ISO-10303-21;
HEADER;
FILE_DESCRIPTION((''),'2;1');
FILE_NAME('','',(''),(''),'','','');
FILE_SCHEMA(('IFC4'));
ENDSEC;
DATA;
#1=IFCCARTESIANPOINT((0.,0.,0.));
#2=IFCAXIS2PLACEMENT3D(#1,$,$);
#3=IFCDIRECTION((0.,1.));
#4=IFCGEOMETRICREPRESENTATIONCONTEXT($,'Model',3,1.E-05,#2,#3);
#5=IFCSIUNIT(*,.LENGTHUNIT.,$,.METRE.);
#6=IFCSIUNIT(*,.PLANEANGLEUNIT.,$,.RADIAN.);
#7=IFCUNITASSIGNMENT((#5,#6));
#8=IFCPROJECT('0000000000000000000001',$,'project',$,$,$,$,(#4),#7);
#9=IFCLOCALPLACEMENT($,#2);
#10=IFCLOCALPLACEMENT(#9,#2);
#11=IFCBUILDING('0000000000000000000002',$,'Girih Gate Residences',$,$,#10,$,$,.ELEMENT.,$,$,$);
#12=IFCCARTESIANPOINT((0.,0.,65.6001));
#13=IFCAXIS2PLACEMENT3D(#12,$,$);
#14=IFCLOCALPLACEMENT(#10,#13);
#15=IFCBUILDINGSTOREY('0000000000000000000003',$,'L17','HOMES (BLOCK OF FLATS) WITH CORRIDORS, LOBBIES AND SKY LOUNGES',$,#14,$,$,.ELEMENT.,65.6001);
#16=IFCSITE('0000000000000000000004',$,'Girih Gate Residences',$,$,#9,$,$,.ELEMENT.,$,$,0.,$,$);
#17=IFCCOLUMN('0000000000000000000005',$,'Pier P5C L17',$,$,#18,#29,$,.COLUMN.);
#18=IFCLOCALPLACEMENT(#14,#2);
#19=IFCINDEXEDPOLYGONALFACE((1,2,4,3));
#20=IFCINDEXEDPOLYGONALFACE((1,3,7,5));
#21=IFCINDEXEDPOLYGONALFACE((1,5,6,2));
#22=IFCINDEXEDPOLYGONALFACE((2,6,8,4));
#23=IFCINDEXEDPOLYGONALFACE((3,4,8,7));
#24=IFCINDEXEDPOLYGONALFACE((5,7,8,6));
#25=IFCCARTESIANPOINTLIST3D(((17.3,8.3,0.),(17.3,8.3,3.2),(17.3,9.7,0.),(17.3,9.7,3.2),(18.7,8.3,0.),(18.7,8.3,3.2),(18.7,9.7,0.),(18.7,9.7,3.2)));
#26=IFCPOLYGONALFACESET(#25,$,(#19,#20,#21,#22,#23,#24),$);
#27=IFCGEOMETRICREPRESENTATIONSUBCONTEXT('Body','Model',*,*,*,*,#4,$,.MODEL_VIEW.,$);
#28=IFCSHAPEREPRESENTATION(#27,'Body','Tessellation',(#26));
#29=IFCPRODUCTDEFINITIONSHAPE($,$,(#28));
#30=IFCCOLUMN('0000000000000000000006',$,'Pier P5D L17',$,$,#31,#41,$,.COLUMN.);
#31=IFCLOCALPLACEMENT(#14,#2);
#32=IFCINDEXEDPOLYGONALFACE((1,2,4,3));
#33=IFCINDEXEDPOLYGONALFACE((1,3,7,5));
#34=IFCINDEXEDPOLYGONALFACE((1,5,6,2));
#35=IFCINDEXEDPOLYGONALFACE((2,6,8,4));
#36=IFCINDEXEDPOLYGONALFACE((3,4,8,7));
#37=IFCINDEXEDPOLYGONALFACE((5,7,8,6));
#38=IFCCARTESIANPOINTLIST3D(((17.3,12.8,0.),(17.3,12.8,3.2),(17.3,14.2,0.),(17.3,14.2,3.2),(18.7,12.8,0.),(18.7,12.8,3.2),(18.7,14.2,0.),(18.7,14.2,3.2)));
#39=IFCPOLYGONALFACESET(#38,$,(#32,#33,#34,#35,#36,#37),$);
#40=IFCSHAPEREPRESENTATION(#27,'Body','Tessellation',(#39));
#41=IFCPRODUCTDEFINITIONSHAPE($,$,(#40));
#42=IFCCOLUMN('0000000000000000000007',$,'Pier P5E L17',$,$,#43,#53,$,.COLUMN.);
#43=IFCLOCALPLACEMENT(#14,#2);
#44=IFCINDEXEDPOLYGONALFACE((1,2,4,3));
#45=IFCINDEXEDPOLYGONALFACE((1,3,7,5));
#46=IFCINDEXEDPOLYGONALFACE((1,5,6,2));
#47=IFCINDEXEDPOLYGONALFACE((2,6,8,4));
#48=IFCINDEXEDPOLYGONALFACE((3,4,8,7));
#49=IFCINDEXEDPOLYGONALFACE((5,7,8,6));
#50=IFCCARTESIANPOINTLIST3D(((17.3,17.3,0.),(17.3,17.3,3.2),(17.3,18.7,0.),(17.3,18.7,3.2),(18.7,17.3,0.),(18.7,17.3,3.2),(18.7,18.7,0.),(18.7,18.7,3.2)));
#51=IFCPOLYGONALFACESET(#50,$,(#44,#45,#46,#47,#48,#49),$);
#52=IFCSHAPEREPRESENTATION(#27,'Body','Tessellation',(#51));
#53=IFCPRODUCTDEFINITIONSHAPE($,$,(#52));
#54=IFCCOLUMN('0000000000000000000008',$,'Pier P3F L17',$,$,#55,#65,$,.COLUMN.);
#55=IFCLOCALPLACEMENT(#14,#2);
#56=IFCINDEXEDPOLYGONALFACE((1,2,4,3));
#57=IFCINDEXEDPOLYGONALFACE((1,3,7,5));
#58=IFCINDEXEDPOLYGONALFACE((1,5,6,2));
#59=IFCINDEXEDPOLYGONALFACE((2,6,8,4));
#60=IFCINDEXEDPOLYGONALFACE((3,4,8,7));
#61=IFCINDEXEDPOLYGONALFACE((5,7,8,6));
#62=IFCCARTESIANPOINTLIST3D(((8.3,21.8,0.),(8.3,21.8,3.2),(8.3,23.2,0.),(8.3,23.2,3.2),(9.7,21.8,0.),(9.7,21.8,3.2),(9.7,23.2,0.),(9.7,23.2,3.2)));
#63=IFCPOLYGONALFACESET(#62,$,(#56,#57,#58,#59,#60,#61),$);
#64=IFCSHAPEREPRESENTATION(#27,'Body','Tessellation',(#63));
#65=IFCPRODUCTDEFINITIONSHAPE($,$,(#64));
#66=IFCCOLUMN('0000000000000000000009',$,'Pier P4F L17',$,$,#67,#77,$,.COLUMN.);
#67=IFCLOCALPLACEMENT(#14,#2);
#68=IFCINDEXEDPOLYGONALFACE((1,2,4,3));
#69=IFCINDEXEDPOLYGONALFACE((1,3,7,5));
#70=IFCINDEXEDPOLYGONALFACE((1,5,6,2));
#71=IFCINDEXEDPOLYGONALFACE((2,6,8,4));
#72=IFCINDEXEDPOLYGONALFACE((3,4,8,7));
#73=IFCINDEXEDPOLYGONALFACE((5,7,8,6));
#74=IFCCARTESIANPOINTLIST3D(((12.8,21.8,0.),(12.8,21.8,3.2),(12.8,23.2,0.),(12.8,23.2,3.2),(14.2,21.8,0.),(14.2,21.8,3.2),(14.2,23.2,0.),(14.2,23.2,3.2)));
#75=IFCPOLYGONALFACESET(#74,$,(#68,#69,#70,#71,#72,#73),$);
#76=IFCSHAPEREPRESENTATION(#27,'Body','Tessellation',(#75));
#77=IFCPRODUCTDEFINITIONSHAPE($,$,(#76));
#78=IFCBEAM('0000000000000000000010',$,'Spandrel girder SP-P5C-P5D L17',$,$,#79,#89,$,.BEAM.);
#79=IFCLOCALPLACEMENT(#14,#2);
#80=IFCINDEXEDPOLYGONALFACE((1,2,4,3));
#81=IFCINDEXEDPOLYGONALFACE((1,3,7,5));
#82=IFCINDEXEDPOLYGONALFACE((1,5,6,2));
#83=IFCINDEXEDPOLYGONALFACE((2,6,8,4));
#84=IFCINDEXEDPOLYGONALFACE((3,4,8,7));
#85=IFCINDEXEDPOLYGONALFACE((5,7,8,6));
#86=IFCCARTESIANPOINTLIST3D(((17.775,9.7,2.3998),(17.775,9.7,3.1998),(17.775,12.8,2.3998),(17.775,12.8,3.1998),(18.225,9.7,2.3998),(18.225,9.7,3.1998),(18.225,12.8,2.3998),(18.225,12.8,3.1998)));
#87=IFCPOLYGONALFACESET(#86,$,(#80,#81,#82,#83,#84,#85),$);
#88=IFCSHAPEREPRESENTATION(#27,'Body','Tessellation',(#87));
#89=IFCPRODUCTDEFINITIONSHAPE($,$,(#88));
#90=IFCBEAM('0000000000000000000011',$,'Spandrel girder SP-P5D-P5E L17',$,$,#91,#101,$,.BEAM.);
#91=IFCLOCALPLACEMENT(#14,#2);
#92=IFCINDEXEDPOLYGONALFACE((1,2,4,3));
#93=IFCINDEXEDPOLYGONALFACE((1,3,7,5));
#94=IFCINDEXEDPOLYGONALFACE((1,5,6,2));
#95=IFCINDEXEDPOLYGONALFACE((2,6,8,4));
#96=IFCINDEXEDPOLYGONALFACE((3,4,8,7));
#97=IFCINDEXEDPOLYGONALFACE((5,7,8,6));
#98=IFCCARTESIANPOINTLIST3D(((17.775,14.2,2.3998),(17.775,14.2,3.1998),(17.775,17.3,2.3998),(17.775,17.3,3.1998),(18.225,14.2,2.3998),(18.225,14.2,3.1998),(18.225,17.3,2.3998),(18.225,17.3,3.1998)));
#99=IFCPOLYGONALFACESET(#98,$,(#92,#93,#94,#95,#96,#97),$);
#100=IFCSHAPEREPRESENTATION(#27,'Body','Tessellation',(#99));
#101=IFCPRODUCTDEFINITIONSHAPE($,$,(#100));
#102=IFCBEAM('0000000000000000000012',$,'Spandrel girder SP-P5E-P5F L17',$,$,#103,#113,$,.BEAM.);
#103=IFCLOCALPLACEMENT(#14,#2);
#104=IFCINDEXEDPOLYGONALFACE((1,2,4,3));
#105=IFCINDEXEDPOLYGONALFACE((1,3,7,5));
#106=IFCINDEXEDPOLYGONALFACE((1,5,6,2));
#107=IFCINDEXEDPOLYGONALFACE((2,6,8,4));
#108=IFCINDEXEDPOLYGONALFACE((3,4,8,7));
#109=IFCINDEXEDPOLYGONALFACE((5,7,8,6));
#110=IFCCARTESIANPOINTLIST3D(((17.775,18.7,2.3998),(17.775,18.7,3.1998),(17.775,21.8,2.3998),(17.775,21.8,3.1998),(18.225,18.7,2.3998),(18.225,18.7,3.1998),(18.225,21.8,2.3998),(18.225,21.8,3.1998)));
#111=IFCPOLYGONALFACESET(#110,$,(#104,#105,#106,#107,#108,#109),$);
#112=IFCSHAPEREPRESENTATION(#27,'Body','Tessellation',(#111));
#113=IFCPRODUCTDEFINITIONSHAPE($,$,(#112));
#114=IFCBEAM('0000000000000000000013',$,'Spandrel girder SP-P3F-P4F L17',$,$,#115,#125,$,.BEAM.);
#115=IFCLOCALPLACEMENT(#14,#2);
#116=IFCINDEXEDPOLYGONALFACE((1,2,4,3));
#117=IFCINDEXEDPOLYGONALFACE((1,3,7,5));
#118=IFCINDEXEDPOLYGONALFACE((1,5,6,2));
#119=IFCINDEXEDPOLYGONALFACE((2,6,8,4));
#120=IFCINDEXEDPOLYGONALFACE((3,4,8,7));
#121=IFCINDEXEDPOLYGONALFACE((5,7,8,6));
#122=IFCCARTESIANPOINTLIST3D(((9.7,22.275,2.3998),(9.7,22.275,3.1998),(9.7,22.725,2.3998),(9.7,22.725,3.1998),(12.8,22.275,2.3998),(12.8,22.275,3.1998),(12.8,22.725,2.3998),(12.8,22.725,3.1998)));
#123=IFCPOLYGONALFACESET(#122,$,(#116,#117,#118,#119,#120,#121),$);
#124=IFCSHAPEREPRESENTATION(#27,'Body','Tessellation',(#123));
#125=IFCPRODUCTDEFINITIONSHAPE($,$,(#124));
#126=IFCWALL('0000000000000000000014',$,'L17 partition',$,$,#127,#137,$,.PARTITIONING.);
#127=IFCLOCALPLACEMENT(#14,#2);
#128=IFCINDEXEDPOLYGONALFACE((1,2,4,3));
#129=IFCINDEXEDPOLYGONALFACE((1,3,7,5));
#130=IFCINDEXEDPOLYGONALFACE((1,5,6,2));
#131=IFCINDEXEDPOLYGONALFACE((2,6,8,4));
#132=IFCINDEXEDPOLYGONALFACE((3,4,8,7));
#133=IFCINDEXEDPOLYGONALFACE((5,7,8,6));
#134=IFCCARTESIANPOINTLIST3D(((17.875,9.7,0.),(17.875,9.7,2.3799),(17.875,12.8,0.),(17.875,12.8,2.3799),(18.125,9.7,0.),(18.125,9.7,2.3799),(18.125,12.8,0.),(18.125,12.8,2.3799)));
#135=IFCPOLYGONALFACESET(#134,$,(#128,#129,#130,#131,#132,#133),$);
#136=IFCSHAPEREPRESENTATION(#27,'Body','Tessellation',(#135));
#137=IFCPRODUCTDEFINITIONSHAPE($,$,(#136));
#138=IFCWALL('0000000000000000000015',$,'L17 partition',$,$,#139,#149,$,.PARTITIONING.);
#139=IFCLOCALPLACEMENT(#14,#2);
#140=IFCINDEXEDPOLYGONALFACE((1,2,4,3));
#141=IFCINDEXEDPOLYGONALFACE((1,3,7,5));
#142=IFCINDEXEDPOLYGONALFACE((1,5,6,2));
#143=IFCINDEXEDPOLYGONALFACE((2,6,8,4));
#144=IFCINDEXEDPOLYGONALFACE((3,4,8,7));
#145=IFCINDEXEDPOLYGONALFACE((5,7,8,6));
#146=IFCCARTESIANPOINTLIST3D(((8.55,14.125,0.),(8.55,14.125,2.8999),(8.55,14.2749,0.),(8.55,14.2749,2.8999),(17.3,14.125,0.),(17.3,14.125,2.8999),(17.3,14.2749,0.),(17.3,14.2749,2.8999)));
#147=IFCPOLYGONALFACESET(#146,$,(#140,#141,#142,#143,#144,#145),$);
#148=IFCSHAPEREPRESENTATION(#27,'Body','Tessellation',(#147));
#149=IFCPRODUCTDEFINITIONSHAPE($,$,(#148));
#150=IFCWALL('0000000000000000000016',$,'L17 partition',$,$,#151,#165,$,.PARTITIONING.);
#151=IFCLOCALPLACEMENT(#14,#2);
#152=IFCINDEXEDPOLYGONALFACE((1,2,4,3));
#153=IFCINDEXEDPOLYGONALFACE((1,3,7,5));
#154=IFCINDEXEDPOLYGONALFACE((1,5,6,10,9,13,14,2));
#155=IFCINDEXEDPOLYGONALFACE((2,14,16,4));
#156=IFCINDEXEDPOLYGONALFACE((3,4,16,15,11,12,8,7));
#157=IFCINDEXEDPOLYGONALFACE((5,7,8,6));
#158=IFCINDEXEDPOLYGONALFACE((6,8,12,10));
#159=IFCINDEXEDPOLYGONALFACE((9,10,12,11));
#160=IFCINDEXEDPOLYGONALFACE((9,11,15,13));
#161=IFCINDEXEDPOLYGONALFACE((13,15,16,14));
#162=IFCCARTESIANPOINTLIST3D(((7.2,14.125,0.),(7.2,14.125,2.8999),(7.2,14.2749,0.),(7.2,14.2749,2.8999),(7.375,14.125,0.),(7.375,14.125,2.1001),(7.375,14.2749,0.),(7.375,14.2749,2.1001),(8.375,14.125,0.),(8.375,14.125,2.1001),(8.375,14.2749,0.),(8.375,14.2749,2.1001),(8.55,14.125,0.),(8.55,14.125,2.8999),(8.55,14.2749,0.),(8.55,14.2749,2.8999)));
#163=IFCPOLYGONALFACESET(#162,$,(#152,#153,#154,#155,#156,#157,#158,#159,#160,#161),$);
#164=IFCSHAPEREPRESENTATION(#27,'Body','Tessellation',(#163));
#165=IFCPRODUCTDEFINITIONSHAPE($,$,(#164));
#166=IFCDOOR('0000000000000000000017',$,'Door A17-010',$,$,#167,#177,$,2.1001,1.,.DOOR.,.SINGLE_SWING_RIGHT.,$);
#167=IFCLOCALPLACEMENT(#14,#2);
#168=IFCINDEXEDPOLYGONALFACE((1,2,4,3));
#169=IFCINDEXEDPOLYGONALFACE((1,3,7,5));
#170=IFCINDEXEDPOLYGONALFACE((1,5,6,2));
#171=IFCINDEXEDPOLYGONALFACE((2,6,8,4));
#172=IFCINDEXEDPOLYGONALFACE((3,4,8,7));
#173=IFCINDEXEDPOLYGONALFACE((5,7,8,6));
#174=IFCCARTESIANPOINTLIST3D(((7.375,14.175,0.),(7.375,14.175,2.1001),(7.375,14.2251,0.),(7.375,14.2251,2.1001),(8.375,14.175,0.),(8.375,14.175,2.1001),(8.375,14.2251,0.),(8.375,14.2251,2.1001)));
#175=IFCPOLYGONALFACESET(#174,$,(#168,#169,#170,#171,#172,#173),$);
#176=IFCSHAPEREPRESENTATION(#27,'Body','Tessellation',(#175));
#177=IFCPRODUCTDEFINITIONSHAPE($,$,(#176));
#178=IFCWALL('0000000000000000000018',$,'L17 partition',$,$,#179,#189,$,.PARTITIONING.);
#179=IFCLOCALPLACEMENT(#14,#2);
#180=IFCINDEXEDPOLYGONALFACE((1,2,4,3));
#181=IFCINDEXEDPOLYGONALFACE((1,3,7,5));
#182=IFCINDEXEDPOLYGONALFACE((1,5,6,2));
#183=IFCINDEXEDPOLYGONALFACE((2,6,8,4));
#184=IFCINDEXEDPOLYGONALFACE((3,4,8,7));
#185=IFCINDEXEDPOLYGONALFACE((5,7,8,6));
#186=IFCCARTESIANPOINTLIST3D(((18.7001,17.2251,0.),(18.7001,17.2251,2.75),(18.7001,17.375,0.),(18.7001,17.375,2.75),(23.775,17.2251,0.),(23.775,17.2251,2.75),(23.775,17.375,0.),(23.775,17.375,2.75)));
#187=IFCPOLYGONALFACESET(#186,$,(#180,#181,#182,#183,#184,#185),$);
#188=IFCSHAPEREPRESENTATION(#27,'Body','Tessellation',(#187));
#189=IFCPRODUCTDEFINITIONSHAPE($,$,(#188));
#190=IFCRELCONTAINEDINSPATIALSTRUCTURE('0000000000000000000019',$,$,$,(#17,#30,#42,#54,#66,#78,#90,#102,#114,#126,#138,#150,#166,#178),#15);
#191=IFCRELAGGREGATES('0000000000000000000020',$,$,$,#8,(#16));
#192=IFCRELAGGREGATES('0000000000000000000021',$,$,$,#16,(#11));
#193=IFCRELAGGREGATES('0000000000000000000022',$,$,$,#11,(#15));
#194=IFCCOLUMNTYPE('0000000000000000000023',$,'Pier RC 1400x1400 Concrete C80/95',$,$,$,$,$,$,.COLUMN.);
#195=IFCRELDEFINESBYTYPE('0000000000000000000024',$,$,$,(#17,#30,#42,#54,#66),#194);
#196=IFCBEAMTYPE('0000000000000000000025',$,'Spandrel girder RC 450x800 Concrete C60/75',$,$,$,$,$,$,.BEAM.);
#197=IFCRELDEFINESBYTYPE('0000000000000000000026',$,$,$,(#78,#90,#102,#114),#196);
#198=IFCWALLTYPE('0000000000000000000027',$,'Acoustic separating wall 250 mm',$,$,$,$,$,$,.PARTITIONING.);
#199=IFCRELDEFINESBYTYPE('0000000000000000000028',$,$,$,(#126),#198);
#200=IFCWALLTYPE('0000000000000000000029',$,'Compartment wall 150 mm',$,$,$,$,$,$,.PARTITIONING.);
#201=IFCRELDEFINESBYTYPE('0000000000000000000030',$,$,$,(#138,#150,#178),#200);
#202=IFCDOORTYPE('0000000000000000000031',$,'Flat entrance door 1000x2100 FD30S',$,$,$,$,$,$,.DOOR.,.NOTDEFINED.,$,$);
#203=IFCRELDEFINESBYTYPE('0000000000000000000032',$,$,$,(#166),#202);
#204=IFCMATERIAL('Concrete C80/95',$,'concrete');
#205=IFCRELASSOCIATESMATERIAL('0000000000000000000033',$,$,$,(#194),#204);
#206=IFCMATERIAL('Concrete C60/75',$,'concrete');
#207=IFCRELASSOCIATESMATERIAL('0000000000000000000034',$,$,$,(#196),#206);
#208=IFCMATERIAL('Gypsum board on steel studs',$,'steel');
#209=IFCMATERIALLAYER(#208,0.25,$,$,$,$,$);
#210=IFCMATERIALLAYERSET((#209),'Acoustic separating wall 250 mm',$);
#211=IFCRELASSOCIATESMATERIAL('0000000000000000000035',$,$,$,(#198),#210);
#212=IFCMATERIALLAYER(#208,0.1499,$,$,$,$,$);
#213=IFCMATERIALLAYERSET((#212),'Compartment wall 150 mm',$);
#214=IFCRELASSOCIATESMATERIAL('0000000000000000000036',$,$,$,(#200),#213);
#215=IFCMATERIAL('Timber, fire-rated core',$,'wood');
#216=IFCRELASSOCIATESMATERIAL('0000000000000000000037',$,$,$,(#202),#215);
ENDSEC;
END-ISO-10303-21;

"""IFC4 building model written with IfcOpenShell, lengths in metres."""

from ifc_helpers import new_model, si_unit, direction, frame, frame_2d, origin, origin_2d, place, context, subcontext, project, spatial, rectangle, extrude, material, layer, layer_set, material_profile, profile_set, type_object, element, fill, save


model = new_model("IFC4")

# Units and contexts
model_context = context("Model", 3, precision=1e-05, world=origin(), true_north=direction((0.0, 1.0)))
body_context = subcontext(model_context, "Body", "Model", "MODEL_VIEW")
ifc_project = project(units=[si_unit("LENGTHUNIT", "METRE"), si_unit("PLANEANGLEUNIT", "RADIAN")], contexts=[model_context])

# Site, building, storey
site_placement = place(None, origin())
site = spatial("IfcSite", under=ifc_project, at=site_placement, Name="Girih Gate Residences", CompositionType="ELEMENT", RefElevation=0.0)
building_placement = place(site_placement, origin())
building = spatial("IfcBuilding", under=site, at=building_placement, Name="Girih Gate Residences", CompositionType="ELEMENT")
storey_placement = place(building_placement, frame((0.0, 0.0, 65.6001)))
storey = spatial("IfcBuildingStorey", under=building, at=storey_placement, Name="L17", Description="HOMES (BLOCK OF FLATS) WITH CORRIDORS, LOBBIES AND SKY LOUNGES", CompositionType="ELEMENT", Elevation=65.6001)

# Columns
ifc_material_1 = material(Name="Concrete C80/95", Category="concrete")
ifc_material_profile_1 = material_profile(ifc_material_1, rectangle(XDim=1.3999, YDim=1.3999, at=origin_2d()))
ifc_profile_set_1 = profile_set([ifc_material_profile_1], Name="Concrete C80/95")
column_type = type_object("IfcColumnType", Name="Pier RC 1400x1400 Concrete C80/95", PredefinedType="COLUMN", material=ifc_profile_set_1)
for number, where, z_axis, x_axis, name in (
    (1, (18.0, 9.0, 0.0), (0.0, 0.0, 1.0), (1.0, 0.0, 0.0), "Pier P5C L17"),
    (2, (18.0, 13.5, 0.0), (0.0, 0.0, 1.0), (1.0, 0.0, 0.0), "Pier P5D L17"),
    (3, (18.0, 18.0, 0.0), (0.0, 0.0, 1.0), (1.0, 0.0, 0.0), "Pier P5E L17"),
    (4, (9.0, 22.5, 0.0), (0.0, 0.0, 1.0), (1.0, 0.0, 0.0), "Pier P3F L17"),
    (5, (13.5, 22.5, 0.0), (0.0, 0.0, 1.0), (1.0, 0.0, 0.0), "Pier P4F L17"),
):
    element("IfcColumn", number, at=place(storey_placement, frame(where, z_axis=z_axis, x_axis=x_axis)), inside=storey, type_object=column_type, Name=name, PredefinedType="COLUMN", context=body_context, shape_type="SweptSolid", body=[
        extrude(rectangle(XDim=1.3999, YDim=1.3999, at=origin_2d()), origin(), (0.0, 0.0, 1.0), 3.2),
    ])

# Beams
ifc_material_2 = material(Name="Concrete C60/75", Category="concrete")
ifc_material_profile_2 = material_profile(ifc_material_2, rectangle(XDim=0.45, YDim=0.8, at=origin_2d()))
ifc_profile_set_2 = profile_set([ifc_material_profile_2], Name="Concrete C60/75")
beam_type = type_object("IfcBeamType", Name="Spandrel girder RC 450x800 Concrete C60/75", PredefinedType="BEAM", material=ifc_profile_set_2)
for number, where, z_axis, x_axis, name in (
    (6, (18.0, 9.7, 2.7998), (0.0, 1.0, 0.0), (-1.0, 0.0, 0.0), "Spandrel girder SP-P5C-P5D L17"),
    (7, (18.0, 14.2, 2.7998), (0.0, 1.0, 0.0), (-1.0, 0.0, 0.0), "Spandrel girder SP-P5D-P5E L17"),
    (8, (18.0, 18.7, 2.7998), (0.0, 1.0, 0.0), (-1.0, 0.0, 0.0), "Spandrel girder SP-P5E-P5F L17"),
    (9, (9.7, 22.5, 2.7998), (1.0, 0.0, 0.0), (0.0, 1.0, 0.0), "Spandrel girder SP-P3F-P4F L17"),
):
    element("IfcBeam", number, at=place(storey_placement, frame(where, z_axis=z_axis, x_axis=x_axis)), inside=storey, type_object=beam_type, Name=name, PredefinedType="BEAM", context=body_context, shape_type="SweptSolid", body=[
        extrude(rectangle(XDim=0.45, YDim=0.8, at=origin_2d()), origin(), (0.0, 0.0, 1.0), 3.1001),
    ])

# Walls
ifc_material_3 = material(Name="Gypsum board on steel studs", Category="steel")
ifc_layer_1 = layer(ifc_material_3, 0.25)
ifc_layer_set_1 = layer_set([ifc_layer_1], Name="Acoustic separating wall 250 mm")
wall_type_1 = type_object("IfcWallType", Name="Acoustic separating wall 250 mm", PredefinedType="PARTITIONING", material=ifc_layer_set_1)
wall_1_placement = place(storey_placement, frame((18.0, 9.7, 0.0), z_axis=(0.0, 0.0, 1.0), x_axis=(0.0, 1.0, 0.0)))
element("IfcWall", 10, at=wall_1_placement, inside=storey, type_object=wall_type_1, Name="L17 partition", PredefinedType="PARTITIONING", context=body_context, shape_type="SweptSolid", body=[
    extrude(rectangle(XDim=3.1001, YDim=0.25, at=frame_2d((1.55, 0.0))), origin(), (0.0, 0.0, 1.0), 2.3799),
])
ifc_layer_2 = layer(ifc_material_3, 0.1499)
ifc_layer_set_2 = layer_set([ifc_layer_2], Name="Compartment wall 150 mm")
wall_type_2 = type_object("IfcWallType", Name="Compartment wall 150 mm", PredefinedType="PARTITIONING", material=ifc_layer_set_2)
wall_2_placement = place(storey_placement, frame((8.55, 14.2, 0.0), z_axis=(0.0, 0.0, 1.0), x_axis=(1.0, 0.0, 0.0)))
element("IfcWall", 11, at=wall_2_placement, inside=storey, type_object=wall_type_2, Name="L17 partition", PredefinedType="PARTITIONING", context=body_context, shape_type="SweptSolid", body=[
    extrude(rectangle(XDim=8.75, YDim=0.1499, at=frame_2d((4.375, 0.0))), origin(), (0.0, 0.0, 1.0), 2.8999),
])

# Wall, opening, door
wall_3_placement = place(storey_placement, frame((8.55, 14.2, 0.0), z_axis=(0.0, 0.0, 1.0), x_axis=(-1.0, 0.0, 0.0)))
wall_3 = element("IfcWall", 12, at=wall_3_placement, inside=storey, type_object=wall_type_2, Name="L17 partition", PredefinedType="PARTITIONING", context=body_context, shape_type="SweptSolid", body=[
    extrude(rectangle(XDim=1.3501, YDim=0.1499, at=frame_2d((0.675, 0.0))), origin(), (0.0, 0.0, 1.0), 2.8999),
])
opening_1_placement = place(wall_3_placement, frame((0.175, 0.0, 0.0)))
opening_1 = element("IfcOpeningElement", 13, at=opening_1_placement, cuts=wall_3, PredefinedType="OPENING", context=body_context, shape_type="SweptSolid", body=[
    extrude(rectangle(XDim=1.0, YDim=2.1001, at=frame_2d((0.5, 1.05))), frame((0.0, 0.085, 0.0), z_axis=(0.0, -1.0, 0.0), x_axis=(1.0, 0.0, 0.0)), (0.0, 0.0, 1.0), 0.1699),
])
ifc_material_4 = material(Name="Timber, fire-rated core", Category="wood")
door_type_1 = type_object("IfcDoorType", Name="Flat entrance door 1000x2100 FD30S", OperationType="NOTDEFINED", PredefinedType="DOOR", material=ifc_material_4)
door_1_placement = place(opening_1_placement, origin())
door_1 = element("IfcDoor", 14, at=door_1_placement, inside=storey, type_object=door_type_1, Name="Door A17-010", OperationType="SINGLE_SWING_RIGHT", OverallHeight=2.1001, OverallWidth=1.0, PredefinedType="DOOR", context=body_context, shape_type="SweptSolid", body=[
    extrude(rectangle(XDim=1.0, YDim=2.1001, at=frame_2d((0.5, 1.05))), frame((0.0, 0.0249, 0.0), z_axis=(0.0, -1.0, 0.0), x_axis=(1.0, 0.0, 0.0)), (0.0, 0.0, 1.0), 0.05),
])
fill(opening_1, door_1)

# Wall
wall_4_placement = place(storey_placement, frame((18.7, 17.3, 0.0), z_axis=(0.0, 0.0, 1.0), x_axis=(1.0, 0.0, 0.0)))
element("IfcWall", 15, at=wall_4_placement, inside=storey, type_object=wall_type_2, Name="L17 partition", PredefinedType="PARTITIONING", context=body_context, shape_type="SweptSolid", body=[
    extrude(rectangle(XDim=5.075, YDim=0.1499, at=frame_2d((2.5376, 0.0))), origin(), (0.0, 0.0, 1.0), 2.75),
])

save(model, "model.ifc")
